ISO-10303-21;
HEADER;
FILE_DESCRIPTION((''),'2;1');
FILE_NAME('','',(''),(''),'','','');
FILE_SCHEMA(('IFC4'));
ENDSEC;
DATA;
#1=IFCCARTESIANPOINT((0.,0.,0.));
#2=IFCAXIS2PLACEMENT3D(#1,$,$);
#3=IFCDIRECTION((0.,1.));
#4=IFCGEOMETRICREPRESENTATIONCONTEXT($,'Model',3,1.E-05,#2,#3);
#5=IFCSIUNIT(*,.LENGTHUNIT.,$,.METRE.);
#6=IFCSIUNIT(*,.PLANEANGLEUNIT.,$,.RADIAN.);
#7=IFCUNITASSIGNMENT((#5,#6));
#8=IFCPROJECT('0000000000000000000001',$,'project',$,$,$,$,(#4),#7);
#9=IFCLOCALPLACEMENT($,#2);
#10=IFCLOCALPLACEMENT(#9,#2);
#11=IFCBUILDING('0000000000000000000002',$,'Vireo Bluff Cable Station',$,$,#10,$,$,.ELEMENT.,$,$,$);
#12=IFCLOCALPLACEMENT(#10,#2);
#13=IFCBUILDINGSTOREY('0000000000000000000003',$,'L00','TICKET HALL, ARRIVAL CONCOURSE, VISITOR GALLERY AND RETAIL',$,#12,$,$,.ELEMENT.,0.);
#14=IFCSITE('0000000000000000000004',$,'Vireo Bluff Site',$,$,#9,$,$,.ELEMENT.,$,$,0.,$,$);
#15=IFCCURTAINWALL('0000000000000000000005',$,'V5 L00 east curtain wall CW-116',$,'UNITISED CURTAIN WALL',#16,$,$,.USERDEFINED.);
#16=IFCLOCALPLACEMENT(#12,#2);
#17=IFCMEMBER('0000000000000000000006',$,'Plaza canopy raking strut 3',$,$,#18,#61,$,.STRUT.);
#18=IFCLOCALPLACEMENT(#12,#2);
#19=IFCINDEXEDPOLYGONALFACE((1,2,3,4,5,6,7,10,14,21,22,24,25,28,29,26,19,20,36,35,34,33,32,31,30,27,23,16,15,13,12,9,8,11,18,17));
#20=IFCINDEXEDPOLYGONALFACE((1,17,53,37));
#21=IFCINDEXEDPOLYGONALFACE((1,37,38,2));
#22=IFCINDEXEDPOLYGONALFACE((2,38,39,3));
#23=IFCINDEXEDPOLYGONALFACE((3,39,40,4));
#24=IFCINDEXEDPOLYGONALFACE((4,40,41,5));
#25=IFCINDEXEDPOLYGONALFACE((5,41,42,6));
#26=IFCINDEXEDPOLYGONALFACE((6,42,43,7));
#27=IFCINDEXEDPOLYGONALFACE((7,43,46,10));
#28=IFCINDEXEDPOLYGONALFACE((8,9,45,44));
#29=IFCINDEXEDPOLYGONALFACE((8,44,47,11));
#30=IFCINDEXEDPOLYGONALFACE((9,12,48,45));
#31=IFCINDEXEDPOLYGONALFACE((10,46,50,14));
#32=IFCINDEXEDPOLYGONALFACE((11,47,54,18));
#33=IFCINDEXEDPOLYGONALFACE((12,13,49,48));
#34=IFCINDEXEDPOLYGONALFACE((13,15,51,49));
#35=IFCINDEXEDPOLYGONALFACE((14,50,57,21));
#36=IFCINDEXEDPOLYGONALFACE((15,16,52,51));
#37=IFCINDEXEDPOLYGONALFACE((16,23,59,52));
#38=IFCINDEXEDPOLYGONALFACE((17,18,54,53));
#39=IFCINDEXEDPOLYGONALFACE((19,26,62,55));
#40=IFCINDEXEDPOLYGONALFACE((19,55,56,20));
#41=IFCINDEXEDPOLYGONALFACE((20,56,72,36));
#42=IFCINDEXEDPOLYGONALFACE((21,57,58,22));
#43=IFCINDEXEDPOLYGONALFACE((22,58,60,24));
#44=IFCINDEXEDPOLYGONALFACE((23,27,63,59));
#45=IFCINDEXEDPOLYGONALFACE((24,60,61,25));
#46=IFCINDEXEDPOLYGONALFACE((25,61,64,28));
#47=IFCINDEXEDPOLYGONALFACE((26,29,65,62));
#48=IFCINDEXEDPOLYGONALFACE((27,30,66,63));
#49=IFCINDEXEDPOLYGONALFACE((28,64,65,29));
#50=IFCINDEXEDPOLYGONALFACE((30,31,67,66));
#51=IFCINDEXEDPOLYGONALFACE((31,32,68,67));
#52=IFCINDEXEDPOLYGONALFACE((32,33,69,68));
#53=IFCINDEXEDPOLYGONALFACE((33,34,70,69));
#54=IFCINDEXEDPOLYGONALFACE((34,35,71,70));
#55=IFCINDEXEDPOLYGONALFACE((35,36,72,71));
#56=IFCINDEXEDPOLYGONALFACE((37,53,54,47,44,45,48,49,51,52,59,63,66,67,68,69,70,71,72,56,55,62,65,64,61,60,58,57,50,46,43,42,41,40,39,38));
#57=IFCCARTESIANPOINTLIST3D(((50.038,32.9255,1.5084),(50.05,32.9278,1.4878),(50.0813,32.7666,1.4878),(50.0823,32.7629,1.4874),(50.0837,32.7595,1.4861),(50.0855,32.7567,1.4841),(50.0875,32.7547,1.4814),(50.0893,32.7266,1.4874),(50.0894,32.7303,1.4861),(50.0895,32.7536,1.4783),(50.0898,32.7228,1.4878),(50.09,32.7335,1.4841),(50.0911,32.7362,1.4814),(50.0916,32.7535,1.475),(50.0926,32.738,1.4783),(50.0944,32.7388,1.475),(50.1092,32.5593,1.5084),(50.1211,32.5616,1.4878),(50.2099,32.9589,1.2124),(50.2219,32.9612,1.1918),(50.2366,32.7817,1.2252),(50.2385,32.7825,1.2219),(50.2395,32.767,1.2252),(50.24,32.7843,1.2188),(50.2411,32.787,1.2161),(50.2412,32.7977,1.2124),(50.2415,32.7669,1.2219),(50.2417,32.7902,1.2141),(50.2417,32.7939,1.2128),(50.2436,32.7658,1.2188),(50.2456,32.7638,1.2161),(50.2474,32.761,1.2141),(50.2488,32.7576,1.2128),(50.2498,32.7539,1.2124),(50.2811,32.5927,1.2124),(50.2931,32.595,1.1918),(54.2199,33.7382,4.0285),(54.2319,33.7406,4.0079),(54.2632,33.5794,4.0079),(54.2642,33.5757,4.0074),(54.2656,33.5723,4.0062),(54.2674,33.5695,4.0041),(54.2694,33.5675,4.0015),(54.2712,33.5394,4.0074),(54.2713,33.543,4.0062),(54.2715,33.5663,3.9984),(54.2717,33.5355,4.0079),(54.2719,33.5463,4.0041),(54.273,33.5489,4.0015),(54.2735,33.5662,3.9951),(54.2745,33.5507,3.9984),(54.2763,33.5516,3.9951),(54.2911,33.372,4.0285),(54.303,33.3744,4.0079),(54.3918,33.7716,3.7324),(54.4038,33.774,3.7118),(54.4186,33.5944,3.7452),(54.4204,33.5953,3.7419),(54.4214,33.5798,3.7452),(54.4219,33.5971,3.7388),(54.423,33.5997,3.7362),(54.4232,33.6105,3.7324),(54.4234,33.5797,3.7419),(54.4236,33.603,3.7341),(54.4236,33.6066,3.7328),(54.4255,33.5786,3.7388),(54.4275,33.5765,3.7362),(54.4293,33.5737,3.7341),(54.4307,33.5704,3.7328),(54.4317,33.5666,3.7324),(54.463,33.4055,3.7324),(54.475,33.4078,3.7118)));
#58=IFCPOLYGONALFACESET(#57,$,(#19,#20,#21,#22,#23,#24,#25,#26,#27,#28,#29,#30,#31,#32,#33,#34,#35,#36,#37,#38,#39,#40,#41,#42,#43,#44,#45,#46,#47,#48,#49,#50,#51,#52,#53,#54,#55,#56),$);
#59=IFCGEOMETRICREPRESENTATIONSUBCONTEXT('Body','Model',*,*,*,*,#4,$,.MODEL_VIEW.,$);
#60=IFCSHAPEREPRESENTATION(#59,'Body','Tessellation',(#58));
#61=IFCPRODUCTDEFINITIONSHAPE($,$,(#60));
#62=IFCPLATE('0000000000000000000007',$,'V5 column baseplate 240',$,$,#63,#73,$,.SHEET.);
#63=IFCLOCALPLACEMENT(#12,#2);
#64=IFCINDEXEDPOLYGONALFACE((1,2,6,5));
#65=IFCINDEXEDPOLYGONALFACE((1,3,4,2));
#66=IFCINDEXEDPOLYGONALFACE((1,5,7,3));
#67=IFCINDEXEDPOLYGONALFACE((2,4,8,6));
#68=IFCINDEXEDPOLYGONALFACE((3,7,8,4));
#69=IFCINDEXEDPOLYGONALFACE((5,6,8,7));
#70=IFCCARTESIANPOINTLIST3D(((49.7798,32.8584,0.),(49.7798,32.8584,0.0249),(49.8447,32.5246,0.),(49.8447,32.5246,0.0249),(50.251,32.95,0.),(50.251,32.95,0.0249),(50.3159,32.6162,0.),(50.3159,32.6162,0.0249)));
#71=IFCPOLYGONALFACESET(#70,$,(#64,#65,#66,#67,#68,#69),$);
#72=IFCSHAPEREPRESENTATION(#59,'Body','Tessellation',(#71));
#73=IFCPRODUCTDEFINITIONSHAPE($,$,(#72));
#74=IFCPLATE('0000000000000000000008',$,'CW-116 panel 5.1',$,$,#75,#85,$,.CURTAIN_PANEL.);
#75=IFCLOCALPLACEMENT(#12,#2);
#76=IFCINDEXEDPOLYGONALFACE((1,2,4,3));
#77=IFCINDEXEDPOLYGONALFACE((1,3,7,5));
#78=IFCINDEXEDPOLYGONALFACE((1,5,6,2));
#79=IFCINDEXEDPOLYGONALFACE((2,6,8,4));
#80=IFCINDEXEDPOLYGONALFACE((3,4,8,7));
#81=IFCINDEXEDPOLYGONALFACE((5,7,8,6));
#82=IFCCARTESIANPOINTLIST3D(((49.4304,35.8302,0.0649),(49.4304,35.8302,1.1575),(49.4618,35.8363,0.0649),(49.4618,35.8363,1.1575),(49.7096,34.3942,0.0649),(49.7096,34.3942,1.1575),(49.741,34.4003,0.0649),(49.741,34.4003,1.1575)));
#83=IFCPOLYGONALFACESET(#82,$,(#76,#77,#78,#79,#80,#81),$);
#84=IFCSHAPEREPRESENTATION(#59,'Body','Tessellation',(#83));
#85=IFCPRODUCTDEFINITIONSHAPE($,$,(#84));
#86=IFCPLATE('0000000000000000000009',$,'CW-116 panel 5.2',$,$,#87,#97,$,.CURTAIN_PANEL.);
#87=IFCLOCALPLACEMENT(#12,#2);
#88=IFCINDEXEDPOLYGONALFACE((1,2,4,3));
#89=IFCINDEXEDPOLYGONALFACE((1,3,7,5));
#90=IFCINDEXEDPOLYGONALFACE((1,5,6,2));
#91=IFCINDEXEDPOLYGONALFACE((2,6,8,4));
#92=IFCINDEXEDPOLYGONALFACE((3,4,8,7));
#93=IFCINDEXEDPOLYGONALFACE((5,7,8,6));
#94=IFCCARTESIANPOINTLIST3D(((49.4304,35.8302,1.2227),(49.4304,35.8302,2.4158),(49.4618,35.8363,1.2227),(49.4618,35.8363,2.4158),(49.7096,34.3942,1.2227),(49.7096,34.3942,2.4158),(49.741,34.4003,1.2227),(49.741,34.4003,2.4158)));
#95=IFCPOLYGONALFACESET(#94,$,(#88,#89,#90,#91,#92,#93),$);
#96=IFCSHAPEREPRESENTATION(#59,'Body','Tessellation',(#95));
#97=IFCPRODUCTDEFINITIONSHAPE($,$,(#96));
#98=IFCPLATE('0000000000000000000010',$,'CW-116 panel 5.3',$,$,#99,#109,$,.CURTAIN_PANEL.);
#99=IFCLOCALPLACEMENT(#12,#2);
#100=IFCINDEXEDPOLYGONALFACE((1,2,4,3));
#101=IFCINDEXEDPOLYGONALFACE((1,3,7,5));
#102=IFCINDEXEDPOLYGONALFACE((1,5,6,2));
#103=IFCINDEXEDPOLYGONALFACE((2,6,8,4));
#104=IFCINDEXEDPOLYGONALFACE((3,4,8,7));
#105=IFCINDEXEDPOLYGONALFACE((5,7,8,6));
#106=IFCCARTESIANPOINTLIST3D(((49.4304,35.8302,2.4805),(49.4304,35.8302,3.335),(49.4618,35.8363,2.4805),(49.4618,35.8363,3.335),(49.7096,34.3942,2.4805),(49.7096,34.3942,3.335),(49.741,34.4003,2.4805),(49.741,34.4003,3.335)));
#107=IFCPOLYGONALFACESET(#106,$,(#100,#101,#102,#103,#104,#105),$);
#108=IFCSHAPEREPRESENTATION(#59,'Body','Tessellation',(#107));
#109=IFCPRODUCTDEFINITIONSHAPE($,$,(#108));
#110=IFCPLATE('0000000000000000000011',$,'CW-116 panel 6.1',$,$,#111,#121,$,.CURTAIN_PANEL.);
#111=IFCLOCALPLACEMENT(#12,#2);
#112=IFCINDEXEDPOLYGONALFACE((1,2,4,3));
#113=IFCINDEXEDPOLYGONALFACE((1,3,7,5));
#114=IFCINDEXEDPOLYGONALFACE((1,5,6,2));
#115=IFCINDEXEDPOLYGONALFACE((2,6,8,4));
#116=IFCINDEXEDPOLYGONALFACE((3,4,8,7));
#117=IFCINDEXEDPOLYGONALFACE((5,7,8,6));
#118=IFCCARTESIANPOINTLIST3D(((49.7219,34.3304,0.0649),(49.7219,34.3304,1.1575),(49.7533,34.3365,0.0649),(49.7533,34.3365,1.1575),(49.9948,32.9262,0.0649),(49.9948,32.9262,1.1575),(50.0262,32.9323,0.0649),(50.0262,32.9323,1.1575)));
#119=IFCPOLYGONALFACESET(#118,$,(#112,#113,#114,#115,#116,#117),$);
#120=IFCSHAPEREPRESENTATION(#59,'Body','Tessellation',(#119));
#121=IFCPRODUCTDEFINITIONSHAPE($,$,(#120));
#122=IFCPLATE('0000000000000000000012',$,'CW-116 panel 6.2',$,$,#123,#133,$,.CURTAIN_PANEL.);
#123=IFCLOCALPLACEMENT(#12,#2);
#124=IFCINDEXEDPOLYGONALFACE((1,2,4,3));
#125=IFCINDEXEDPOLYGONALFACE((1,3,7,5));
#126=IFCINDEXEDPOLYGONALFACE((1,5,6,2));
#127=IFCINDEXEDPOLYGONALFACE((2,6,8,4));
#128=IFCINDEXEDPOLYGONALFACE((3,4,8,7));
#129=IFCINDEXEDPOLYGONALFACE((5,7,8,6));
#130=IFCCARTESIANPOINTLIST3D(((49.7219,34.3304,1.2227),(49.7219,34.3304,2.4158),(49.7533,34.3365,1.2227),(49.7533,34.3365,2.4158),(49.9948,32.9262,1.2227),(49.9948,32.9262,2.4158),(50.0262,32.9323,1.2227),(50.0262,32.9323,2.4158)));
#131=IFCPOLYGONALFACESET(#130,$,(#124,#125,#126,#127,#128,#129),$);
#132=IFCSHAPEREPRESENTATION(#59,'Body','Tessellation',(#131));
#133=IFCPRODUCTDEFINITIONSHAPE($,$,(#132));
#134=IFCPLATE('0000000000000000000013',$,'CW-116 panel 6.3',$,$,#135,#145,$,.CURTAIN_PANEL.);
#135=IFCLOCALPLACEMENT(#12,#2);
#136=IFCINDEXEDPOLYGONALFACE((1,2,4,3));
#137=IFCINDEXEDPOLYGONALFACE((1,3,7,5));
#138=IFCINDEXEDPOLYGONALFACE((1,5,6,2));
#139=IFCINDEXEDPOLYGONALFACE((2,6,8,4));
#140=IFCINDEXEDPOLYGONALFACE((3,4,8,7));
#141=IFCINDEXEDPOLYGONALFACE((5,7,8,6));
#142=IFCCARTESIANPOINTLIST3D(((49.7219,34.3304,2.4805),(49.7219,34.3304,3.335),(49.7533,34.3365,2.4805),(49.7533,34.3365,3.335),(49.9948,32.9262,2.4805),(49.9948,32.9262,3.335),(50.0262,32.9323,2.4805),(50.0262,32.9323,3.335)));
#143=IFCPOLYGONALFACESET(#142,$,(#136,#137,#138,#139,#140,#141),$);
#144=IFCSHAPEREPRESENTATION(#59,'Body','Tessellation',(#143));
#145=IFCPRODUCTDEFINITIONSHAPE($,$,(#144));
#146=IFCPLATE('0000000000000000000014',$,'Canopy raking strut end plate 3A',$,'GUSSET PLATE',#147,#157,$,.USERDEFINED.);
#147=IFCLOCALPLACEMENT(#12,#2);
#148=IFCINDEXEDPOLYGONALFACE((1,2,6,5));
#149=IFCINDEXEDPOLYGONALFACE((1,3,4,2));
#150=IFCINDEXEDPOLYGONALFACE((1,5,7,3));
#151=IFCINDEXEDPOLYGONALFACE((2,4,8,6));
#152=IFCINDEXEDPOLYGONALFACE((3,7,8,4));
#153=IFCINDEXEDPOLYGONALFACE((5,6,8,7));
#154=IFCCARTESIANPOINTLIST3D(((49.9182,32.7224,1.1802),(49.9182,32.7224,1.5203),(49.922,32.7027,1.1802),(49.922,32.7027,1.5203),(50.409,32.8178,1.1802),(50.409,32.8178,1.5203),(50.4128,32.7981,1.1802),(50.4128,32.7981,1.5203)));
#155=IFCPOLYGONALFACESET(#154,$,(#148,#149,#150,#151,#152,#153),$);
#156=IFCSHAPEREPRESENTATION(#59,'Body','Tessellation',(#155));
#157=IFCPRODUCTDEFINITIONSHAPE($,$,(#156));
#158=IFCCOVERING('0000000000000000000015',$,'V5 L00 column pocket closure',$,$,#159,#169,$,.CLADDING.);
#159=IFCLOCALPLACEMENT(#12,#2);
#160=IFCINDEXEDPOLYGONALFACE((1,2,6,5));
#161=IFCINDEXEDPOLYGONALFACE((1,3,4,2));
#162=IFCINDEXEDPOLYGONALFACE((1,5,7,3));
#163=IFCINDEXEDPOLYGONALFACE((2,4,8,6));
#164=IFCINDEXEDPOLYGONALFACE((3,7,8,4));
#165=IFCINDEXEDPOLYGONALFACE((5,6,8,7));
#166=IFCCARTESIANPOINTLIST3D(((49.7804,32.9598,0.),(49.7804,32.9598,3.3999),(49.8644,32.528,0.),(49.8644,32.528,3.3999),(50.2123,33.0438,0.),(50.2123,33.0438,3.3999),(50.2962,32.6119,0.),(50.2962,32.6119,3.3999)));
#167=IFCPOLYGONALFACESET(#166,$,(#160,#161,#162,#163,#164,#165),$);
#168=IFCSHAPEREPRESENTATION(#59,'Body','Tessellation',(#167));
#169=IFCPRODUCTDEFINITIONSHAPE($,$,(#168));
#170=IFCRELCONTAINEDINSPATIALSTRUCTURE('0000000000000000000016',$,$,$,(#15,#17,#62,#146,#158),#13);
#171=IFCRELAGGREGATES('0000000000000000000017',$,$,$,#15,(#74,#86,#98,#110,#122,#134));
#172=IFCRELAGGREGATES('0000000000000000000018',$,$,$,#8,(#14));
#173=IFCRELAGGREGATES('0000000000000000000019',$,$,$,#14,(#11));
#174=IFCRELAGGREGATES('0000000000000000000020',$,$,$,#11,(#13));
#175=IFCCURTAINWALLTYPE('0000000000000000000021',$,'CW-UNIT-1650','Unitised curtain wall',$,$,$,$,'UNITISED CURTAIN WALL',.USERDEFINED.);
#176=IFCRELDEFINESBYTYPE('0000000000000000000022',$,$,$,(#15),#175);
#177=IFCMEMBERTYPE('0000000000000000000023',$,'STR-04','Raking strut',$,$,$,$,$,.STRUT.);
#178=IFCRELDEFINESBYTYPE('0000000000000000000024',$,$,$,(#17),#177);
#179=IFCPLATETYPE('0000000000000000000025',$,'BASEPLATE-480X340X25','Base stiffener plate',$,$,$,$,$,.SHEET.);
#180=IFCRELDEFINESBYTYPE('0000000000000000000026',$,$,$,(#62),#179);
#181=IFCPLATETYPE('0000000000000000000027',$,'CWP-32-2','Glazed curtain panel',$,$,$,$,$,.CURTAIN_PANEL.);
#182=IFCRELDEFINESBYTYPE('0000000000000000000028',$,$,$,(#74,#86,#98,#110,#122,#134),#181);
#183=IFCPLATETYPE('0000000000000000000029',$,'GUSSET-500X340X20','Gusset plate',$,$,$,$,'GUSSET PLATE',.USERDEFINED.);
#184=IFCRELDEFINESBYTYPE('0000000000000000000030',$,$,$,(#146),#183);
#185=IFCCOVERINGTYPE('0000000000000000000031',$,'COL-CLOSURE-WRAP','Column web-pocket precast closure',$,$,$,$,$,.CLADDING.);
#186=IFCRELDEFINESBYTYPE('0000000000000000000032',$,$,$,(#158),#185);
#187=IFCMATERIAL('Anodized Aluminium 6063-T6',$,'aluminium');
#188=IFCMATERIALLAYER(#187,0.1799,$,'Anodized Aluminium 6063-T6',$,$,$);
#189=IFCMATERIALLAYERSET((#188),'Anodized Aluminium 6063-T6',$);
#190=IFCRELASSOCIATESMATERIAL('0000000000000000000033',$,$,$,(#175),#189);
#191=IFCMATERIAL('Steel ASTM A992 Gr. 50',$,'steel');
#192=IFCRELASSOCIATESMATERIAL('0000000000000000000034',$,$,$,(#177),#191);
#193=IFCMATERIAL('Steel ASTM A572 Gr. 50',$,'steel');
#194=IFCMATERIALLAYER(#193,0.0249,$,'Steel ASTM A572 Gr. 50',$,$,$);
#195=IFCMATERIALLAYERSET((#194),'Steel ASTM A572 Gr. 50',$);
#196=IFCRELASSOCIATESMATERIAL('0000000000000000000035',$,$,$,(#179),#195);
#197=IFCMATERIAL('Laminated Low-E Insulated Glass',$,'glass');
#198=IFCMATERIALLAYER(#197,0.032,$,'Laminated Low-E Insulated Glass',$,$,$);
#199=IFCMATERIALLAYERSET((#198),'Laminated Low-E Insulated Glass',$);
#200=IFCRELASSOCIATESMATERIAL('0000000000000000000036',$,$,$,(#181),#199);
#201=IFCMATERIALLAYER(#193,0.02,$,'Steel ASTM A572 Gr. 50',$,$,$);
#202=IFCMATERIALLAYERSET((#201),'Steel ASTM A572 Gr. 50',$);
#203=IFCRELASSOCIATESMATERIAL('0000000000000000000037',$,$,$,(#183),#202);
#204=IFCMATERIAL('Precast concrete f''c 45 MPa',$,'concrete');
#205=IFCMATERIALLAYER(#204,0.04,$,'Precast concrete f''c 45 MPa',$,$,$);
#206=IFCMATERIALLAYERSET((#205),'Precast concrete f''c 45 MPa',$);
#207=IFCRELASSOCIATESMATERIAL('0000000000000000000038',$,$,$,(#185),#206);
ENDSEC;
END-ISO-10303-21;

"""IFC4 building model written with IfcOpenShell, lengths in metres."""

from ifc_helpers import new_model, si_unit, direction, frame, origin, origin_2d, place, context, subcontext, project, spatial, rectangle, i_section, extrude, material, layer, layer_set, material_profile, profile_set, type_object, element, aggregate, save


model = new_model("IFC4")

# Units and contexts
model_context = context("Model", 3, precision=1e-05, world=origin(), true_north=direction((0.0, 1.0)))
body_context = subcontext(model_context, "Body", "Model", "MODEL_VIEW")
ifc_project = project(units=[si_unit("LENGTHUNIT", "METRE"), si_unit("PLANEANGLEUNIT", "RADIAN")], contexts=[model_context])

# Site, building, storey
site_placement = place(None, origin())
site = spatial("IfcSite", under=ifc_project, at=site_placement, Name="Vireo Bluff Site", CompositionType="ELEMENT", RefElevation=0.0)
building_placement = place(site_placement, origin())
building = spatial("IfcBuilding", under=site, at=building_placement, Name="Vireo Bluff Cable Station", CompositionType="ELEMENT")
storey_placement = place(building_placement, origin())
storey = spatial("IfcBuildingStorey", under=building, at=storey_placement, Name="L00", Description="TICKET HALL, ARRIVAL CONCOURSE, VISITOR GALLERY AND RETAIL", CompositionType="ELEMENT", Elevation=0.0)

# Shared definitions
ifc_material_1 = material(Name="Steel ASTM A992 Gr. 50", Category="steel")

# Curtain wall
ifc_material_2 = material(Name="Anodized Aluminium 6063-T6", Category="aluminium")
ifc_layer_1 = layer(ifc_material_2, 0.1799, Name="Anodized Aluminium 6063-T6")
ifc_layer_set_1 = layer_set([ifc_layer_1], Name="Anodized Aluminium 6063-T6")
curtain_wall_type = type_object("IfcCurtainWallType", Name="CW-UNIT-1650", Description="Unitised curtain wall", ElementType="UNITISED CURTAIN WALL", PredefinedType="USERDEFINED", material=ifc_layer_set_1)
curtain_wall_placement = place(storey_placement, origin())
curtain_wall = element("IfcCurtainWall", 1, at=curtain_wall_placement, inside=storey, type_object=curtain_wall_type, Name="V5 L00 east curtain wall CW-116", ObjectType="UNITISED CURTAIN WALL", PredefinedType="USERDEFINED")

# Member
ifc_material_profile_1 = material_profile(ifc_material_1, i_section(OverallWidth=0.373, OverallDepth=0.3679, WebThickness=0.0149, FlangeThickness=0.0239, FilletRadius=0.0149, at=origin_2d()), Name="W14X120")
ifc_profile_set_1 = profile_set([ifc_material_profile_1], Name="Steel ASTM A992 Gr. 50")
member_type_1 = type_object("IfcMemberType", Name="STR-04", Description="Raking strut", PredefinedType="STRUT", material=ifc_profile_set_1)
member_1_placement = place(storey_placement, frame((50.1655, 32.7603, 1.3501), z_axis=(0.844882, 0.164202, 0.509129), x_axis=(-0.190779, 0.981633, 0.0)))
element("IfcMember", 2, at=member_1_placement, inside=storey, type_object=member_type_1, Name="Plaza canopy raking strut 3", PredefinedType="STRUT", context=body_context, shape_type="SweptSolid", body=[
    extrude(i_section(OverallWidth=0.373, OverallDepth=0.3679, WebThickness=0.0149, FlangeThickness=0.0239, FilletRadius=0.0149, at=origin_2d()), origin(), (0.0, 0.0, 1.0), 4.9497),
])

# Plates
ifc_material_3 = material(Name="Steel ASTM A572 Gr. 50", Category="steel")
ifc_layer_2 = layer(ifc_material_3, 0.0249, Name="Steel ASTM A572 Gr. 50")
ifc_layer_set_2 = layer_set([ifc_layer_2], Name="Steel ASTM A572 Gr. 50")
plate_type_1 = type_object("IfcPlateType", Name="BASEPLATE-480X340X25", Description="Base stiffener plate", PredefinedType="SHEET", material=ifc_layer_set_2)
plate_1_placement = place(storey_placement, frame((50.0479, 32.7373, 0.0), z_axis=(0.0, 0.0, 1.0), x_axis=(0.981627, 0.190809, 0.0)))
element("IfcPlate", 3, at=plate_1_placement, inside=storey, type_object=plate_type_1, Name="V5 column baseplate 240", PredefinedType="SHEET", context=body_context, shape_type="SweptSolid", body=[
    extrude(rectangle(XDim=0.48, YDim=0.3401, at=origin_2d()), origin(), (0.0, 0.0, 1.0), 0.0249),
])
ifc_material_4 = material(Name="Laminated Low-E Insulated Glass", Category="glass")
ifc_layer_3 = layer(ifc_material_4, 0.032, Name="Laminated Low-E Insulated Glass")
ifc_layer_set_3 = layer_set([ifc_layer_3], Name="Laminated Low-E Insulated Glass")
plate_type_2 = type_object("IfcPlateType", Name="CWP-32-2", Description="Glazed curtain panel", PredefinedType="CURTAIN_PANEL", material=ifc_layer_set_3)
plate_2_placement = place(storey_placement, frame((49.5857, 35.1152, 0.0649), z_axis=(0.0, 0.0, 1.0), x_axis=(0.190809, -0.981627, 0.0)))
plate_2 = element("IfcPlate", 4, at=plate_2_placement, type_object=plate_type_2, Name="CW-116 panel 5.1", PredefinedType="CURTAIN_PANEL", context=body_context, shape_type="SweptSolid", body=[
    extrude(rectangle(XDim=1.4629, YDim=0.032, at=origin_2d()), origin(), (0.0, 0.0, 1.0), 1.0925),
])
plate_3_placement = place(storey_placement, frame((49.5857, 35.1152, 1.2227), z_axis=(0.0, 0.0, 1.0), x_axis=(0.190809, -0.981627, 0.0)))
plate_3 = element("IfcPlate", 5, at=plate_3_placement, type_object=plate_type_2, Name="CW-116 panel 5.2", PredefinedType="CURTAIN_PANEL", context=body_context, shape_type="SweptSolid", body=[
    extrude(rectangle(XDim=1.4629, YDim=0.032, at=origin_2d()), origin(), (0.0, 0.0, 1.0), 1.1931),
])
plate_4_placement = place(storey_placement, frame((49.5857, 35.1152, 2.4805), z_axis=(0.0, 0.0, 1.0), x_axis=(0.190809, -0.981627, 0.0)))
plate_4 = element("IfcPlate", 6, at=plate_4_placement, type_object=plate_type_2, Name="CW-116 panel 5.3", PredefinedType="CURTAIN_PANEL", context=body_context, shape_type="SweptSolid", body=[
    extrude(rectangle(XDim=1.4629, YDim=0.032, at=origin_2d()), origin(), (0.0, 0.0, 1.0), 0.8545),
])
plate_5_placement = place(storey_placement, frame((49.874, 33.6313, 0.0649), z_axis=(0.0, 0.0, 1.0), x_axis=(0.190809, -0.981627, 0.0)))
plate_5 = element("IfcPlate", 7, at=plate_5_placement, type_object=plate_type_2, Name="CW-116 panel 6.1", PredefinedType="CURTAIN_PANEL", context=body_context, shape_type="SweptSolid", body=[
    extrude(rectangle(XDim=1.4304, YDim=0.032, at=origin_2d()), origin(), (0.0, 0.0, 1.0), 1.0925),
])
plate_6_placement = place(storey_placement, frame((49.874, 33.6313, 1.2227), z_axis=(0.0, 0.0, 1.0), x_axis=(0.190809, -0.981627, 0.0)))
plate_6 = element("IfcPlate", 8, at=plate_6_placement, type_object=plate_type_2, Name="CW-116 panel 6.2", PredefinedType="CURTAIN_PANEL", context=body_context, shape_type="SweptSolid", body=[
    extrude(rectangle(XDim=1.4304, YDim=0.032, at=origin_2d()), origin(), (0.0, 0.0, 1.0), 1.1931),
])
plate_7_placement = place(storey_placement, frame((49.874, 33.6313, 2.4805), z_axis=(0.0, 0.0, 1.0), x_axis=(0.190809, -0.981627, 0.0)))
plate_7 = element("IfcPlate", 9, at=plate_7_placement, type_object=plate_type_2, Name="CW-116 panel 6.3", PredefinedType="CURTAIN_PANEL", context=body_context, shape_type="SweptSolid", body=[
    extrude(rectangle(XDim=1.4304, YDim=0.032, at=origin_2d()), origin(), (0.0, 0.0, 1.0), 0.8545),
])
aggregate(curtain_wall, [plate_2, plate_3, plate_4, plate_5, plate_6, plate_7])
ifc_layer_4 = layer(ifc_material_3, 0.02, Name="Steel ASTM A572 Gr. 50")
ifc_layer_set_4 = layer_set([ifc_layer_4], Name="Steel ASTM A572 Gr. 50")
plate_type_3 = type_object("IfcPlateType", Name="GUSSET-500X340X20", Description="Gusset plate", ElementType="GUSSET PLATE", PredefinedType="USERDEFINED", material=ifc_layer_set_4)
plate_8_placement = place(storey_placement, frame((50.1655, 32.7603, 1.1802), z_axis=(0.0, 0.0, 1.0), x_axis=(0.981627, 0.190809, 0.0)))
element("IfcPlate", 10, at=plate_8_placement, inside=storey, type_object=plate_type_3, Name="Canopy raking strut end plate 3A", ObjectType="GUSSET PLATE", PredefinedType="USERDEFINED", context=body_context, shape_type="SweptSolid", body=[
    extrude(rectangle(XDim=0.5, YDim=0.02, at=origin_2d()), origin(), (0.0, 0.0, 1.0), 0.3401),
])

# Shared definitions
ifc_material_5 = material(Name="Precast concrete f'c 45 MPa", Category="concrete")

# Covering
ifc_layer_5 = layer(ifc_material_5, 0.04, Name="Precast concrete f'c 45 MPa")
ifc_layer_set_5 = layer_set([ifc_layer_5], Name="Precast concrete f'c 45 MPa")
covering_type = type_object("IfcCoveringType", Name="COL-CLOSURE-WRAP", Description="Column web-pocket precast closure", PredefinedType="CLADDING", material=ifc_layer_set_5)
covering_placement = place(storey_placement, frame((50.0383, 32.7859, 0.0), z_axis=(0.0, 0.0, 1.0), x_axis=(0.981627, 0.190809, 0.0)))
element("IfcCovering", 11, at=covering_placement, inside=storey, type_object=covering_type, Name="V5 L00 column pocket closure", PredefinedType="CLADDING", context=body_context, shape_type="SweptSolid", body=[
    extrude(rectangle(XDim=0.4399, YDim=0.4399, at=origin_2d()), origin(), (0.0, 0.0, 1.0), 3.3999),
])

save(model, "model.ifc")
